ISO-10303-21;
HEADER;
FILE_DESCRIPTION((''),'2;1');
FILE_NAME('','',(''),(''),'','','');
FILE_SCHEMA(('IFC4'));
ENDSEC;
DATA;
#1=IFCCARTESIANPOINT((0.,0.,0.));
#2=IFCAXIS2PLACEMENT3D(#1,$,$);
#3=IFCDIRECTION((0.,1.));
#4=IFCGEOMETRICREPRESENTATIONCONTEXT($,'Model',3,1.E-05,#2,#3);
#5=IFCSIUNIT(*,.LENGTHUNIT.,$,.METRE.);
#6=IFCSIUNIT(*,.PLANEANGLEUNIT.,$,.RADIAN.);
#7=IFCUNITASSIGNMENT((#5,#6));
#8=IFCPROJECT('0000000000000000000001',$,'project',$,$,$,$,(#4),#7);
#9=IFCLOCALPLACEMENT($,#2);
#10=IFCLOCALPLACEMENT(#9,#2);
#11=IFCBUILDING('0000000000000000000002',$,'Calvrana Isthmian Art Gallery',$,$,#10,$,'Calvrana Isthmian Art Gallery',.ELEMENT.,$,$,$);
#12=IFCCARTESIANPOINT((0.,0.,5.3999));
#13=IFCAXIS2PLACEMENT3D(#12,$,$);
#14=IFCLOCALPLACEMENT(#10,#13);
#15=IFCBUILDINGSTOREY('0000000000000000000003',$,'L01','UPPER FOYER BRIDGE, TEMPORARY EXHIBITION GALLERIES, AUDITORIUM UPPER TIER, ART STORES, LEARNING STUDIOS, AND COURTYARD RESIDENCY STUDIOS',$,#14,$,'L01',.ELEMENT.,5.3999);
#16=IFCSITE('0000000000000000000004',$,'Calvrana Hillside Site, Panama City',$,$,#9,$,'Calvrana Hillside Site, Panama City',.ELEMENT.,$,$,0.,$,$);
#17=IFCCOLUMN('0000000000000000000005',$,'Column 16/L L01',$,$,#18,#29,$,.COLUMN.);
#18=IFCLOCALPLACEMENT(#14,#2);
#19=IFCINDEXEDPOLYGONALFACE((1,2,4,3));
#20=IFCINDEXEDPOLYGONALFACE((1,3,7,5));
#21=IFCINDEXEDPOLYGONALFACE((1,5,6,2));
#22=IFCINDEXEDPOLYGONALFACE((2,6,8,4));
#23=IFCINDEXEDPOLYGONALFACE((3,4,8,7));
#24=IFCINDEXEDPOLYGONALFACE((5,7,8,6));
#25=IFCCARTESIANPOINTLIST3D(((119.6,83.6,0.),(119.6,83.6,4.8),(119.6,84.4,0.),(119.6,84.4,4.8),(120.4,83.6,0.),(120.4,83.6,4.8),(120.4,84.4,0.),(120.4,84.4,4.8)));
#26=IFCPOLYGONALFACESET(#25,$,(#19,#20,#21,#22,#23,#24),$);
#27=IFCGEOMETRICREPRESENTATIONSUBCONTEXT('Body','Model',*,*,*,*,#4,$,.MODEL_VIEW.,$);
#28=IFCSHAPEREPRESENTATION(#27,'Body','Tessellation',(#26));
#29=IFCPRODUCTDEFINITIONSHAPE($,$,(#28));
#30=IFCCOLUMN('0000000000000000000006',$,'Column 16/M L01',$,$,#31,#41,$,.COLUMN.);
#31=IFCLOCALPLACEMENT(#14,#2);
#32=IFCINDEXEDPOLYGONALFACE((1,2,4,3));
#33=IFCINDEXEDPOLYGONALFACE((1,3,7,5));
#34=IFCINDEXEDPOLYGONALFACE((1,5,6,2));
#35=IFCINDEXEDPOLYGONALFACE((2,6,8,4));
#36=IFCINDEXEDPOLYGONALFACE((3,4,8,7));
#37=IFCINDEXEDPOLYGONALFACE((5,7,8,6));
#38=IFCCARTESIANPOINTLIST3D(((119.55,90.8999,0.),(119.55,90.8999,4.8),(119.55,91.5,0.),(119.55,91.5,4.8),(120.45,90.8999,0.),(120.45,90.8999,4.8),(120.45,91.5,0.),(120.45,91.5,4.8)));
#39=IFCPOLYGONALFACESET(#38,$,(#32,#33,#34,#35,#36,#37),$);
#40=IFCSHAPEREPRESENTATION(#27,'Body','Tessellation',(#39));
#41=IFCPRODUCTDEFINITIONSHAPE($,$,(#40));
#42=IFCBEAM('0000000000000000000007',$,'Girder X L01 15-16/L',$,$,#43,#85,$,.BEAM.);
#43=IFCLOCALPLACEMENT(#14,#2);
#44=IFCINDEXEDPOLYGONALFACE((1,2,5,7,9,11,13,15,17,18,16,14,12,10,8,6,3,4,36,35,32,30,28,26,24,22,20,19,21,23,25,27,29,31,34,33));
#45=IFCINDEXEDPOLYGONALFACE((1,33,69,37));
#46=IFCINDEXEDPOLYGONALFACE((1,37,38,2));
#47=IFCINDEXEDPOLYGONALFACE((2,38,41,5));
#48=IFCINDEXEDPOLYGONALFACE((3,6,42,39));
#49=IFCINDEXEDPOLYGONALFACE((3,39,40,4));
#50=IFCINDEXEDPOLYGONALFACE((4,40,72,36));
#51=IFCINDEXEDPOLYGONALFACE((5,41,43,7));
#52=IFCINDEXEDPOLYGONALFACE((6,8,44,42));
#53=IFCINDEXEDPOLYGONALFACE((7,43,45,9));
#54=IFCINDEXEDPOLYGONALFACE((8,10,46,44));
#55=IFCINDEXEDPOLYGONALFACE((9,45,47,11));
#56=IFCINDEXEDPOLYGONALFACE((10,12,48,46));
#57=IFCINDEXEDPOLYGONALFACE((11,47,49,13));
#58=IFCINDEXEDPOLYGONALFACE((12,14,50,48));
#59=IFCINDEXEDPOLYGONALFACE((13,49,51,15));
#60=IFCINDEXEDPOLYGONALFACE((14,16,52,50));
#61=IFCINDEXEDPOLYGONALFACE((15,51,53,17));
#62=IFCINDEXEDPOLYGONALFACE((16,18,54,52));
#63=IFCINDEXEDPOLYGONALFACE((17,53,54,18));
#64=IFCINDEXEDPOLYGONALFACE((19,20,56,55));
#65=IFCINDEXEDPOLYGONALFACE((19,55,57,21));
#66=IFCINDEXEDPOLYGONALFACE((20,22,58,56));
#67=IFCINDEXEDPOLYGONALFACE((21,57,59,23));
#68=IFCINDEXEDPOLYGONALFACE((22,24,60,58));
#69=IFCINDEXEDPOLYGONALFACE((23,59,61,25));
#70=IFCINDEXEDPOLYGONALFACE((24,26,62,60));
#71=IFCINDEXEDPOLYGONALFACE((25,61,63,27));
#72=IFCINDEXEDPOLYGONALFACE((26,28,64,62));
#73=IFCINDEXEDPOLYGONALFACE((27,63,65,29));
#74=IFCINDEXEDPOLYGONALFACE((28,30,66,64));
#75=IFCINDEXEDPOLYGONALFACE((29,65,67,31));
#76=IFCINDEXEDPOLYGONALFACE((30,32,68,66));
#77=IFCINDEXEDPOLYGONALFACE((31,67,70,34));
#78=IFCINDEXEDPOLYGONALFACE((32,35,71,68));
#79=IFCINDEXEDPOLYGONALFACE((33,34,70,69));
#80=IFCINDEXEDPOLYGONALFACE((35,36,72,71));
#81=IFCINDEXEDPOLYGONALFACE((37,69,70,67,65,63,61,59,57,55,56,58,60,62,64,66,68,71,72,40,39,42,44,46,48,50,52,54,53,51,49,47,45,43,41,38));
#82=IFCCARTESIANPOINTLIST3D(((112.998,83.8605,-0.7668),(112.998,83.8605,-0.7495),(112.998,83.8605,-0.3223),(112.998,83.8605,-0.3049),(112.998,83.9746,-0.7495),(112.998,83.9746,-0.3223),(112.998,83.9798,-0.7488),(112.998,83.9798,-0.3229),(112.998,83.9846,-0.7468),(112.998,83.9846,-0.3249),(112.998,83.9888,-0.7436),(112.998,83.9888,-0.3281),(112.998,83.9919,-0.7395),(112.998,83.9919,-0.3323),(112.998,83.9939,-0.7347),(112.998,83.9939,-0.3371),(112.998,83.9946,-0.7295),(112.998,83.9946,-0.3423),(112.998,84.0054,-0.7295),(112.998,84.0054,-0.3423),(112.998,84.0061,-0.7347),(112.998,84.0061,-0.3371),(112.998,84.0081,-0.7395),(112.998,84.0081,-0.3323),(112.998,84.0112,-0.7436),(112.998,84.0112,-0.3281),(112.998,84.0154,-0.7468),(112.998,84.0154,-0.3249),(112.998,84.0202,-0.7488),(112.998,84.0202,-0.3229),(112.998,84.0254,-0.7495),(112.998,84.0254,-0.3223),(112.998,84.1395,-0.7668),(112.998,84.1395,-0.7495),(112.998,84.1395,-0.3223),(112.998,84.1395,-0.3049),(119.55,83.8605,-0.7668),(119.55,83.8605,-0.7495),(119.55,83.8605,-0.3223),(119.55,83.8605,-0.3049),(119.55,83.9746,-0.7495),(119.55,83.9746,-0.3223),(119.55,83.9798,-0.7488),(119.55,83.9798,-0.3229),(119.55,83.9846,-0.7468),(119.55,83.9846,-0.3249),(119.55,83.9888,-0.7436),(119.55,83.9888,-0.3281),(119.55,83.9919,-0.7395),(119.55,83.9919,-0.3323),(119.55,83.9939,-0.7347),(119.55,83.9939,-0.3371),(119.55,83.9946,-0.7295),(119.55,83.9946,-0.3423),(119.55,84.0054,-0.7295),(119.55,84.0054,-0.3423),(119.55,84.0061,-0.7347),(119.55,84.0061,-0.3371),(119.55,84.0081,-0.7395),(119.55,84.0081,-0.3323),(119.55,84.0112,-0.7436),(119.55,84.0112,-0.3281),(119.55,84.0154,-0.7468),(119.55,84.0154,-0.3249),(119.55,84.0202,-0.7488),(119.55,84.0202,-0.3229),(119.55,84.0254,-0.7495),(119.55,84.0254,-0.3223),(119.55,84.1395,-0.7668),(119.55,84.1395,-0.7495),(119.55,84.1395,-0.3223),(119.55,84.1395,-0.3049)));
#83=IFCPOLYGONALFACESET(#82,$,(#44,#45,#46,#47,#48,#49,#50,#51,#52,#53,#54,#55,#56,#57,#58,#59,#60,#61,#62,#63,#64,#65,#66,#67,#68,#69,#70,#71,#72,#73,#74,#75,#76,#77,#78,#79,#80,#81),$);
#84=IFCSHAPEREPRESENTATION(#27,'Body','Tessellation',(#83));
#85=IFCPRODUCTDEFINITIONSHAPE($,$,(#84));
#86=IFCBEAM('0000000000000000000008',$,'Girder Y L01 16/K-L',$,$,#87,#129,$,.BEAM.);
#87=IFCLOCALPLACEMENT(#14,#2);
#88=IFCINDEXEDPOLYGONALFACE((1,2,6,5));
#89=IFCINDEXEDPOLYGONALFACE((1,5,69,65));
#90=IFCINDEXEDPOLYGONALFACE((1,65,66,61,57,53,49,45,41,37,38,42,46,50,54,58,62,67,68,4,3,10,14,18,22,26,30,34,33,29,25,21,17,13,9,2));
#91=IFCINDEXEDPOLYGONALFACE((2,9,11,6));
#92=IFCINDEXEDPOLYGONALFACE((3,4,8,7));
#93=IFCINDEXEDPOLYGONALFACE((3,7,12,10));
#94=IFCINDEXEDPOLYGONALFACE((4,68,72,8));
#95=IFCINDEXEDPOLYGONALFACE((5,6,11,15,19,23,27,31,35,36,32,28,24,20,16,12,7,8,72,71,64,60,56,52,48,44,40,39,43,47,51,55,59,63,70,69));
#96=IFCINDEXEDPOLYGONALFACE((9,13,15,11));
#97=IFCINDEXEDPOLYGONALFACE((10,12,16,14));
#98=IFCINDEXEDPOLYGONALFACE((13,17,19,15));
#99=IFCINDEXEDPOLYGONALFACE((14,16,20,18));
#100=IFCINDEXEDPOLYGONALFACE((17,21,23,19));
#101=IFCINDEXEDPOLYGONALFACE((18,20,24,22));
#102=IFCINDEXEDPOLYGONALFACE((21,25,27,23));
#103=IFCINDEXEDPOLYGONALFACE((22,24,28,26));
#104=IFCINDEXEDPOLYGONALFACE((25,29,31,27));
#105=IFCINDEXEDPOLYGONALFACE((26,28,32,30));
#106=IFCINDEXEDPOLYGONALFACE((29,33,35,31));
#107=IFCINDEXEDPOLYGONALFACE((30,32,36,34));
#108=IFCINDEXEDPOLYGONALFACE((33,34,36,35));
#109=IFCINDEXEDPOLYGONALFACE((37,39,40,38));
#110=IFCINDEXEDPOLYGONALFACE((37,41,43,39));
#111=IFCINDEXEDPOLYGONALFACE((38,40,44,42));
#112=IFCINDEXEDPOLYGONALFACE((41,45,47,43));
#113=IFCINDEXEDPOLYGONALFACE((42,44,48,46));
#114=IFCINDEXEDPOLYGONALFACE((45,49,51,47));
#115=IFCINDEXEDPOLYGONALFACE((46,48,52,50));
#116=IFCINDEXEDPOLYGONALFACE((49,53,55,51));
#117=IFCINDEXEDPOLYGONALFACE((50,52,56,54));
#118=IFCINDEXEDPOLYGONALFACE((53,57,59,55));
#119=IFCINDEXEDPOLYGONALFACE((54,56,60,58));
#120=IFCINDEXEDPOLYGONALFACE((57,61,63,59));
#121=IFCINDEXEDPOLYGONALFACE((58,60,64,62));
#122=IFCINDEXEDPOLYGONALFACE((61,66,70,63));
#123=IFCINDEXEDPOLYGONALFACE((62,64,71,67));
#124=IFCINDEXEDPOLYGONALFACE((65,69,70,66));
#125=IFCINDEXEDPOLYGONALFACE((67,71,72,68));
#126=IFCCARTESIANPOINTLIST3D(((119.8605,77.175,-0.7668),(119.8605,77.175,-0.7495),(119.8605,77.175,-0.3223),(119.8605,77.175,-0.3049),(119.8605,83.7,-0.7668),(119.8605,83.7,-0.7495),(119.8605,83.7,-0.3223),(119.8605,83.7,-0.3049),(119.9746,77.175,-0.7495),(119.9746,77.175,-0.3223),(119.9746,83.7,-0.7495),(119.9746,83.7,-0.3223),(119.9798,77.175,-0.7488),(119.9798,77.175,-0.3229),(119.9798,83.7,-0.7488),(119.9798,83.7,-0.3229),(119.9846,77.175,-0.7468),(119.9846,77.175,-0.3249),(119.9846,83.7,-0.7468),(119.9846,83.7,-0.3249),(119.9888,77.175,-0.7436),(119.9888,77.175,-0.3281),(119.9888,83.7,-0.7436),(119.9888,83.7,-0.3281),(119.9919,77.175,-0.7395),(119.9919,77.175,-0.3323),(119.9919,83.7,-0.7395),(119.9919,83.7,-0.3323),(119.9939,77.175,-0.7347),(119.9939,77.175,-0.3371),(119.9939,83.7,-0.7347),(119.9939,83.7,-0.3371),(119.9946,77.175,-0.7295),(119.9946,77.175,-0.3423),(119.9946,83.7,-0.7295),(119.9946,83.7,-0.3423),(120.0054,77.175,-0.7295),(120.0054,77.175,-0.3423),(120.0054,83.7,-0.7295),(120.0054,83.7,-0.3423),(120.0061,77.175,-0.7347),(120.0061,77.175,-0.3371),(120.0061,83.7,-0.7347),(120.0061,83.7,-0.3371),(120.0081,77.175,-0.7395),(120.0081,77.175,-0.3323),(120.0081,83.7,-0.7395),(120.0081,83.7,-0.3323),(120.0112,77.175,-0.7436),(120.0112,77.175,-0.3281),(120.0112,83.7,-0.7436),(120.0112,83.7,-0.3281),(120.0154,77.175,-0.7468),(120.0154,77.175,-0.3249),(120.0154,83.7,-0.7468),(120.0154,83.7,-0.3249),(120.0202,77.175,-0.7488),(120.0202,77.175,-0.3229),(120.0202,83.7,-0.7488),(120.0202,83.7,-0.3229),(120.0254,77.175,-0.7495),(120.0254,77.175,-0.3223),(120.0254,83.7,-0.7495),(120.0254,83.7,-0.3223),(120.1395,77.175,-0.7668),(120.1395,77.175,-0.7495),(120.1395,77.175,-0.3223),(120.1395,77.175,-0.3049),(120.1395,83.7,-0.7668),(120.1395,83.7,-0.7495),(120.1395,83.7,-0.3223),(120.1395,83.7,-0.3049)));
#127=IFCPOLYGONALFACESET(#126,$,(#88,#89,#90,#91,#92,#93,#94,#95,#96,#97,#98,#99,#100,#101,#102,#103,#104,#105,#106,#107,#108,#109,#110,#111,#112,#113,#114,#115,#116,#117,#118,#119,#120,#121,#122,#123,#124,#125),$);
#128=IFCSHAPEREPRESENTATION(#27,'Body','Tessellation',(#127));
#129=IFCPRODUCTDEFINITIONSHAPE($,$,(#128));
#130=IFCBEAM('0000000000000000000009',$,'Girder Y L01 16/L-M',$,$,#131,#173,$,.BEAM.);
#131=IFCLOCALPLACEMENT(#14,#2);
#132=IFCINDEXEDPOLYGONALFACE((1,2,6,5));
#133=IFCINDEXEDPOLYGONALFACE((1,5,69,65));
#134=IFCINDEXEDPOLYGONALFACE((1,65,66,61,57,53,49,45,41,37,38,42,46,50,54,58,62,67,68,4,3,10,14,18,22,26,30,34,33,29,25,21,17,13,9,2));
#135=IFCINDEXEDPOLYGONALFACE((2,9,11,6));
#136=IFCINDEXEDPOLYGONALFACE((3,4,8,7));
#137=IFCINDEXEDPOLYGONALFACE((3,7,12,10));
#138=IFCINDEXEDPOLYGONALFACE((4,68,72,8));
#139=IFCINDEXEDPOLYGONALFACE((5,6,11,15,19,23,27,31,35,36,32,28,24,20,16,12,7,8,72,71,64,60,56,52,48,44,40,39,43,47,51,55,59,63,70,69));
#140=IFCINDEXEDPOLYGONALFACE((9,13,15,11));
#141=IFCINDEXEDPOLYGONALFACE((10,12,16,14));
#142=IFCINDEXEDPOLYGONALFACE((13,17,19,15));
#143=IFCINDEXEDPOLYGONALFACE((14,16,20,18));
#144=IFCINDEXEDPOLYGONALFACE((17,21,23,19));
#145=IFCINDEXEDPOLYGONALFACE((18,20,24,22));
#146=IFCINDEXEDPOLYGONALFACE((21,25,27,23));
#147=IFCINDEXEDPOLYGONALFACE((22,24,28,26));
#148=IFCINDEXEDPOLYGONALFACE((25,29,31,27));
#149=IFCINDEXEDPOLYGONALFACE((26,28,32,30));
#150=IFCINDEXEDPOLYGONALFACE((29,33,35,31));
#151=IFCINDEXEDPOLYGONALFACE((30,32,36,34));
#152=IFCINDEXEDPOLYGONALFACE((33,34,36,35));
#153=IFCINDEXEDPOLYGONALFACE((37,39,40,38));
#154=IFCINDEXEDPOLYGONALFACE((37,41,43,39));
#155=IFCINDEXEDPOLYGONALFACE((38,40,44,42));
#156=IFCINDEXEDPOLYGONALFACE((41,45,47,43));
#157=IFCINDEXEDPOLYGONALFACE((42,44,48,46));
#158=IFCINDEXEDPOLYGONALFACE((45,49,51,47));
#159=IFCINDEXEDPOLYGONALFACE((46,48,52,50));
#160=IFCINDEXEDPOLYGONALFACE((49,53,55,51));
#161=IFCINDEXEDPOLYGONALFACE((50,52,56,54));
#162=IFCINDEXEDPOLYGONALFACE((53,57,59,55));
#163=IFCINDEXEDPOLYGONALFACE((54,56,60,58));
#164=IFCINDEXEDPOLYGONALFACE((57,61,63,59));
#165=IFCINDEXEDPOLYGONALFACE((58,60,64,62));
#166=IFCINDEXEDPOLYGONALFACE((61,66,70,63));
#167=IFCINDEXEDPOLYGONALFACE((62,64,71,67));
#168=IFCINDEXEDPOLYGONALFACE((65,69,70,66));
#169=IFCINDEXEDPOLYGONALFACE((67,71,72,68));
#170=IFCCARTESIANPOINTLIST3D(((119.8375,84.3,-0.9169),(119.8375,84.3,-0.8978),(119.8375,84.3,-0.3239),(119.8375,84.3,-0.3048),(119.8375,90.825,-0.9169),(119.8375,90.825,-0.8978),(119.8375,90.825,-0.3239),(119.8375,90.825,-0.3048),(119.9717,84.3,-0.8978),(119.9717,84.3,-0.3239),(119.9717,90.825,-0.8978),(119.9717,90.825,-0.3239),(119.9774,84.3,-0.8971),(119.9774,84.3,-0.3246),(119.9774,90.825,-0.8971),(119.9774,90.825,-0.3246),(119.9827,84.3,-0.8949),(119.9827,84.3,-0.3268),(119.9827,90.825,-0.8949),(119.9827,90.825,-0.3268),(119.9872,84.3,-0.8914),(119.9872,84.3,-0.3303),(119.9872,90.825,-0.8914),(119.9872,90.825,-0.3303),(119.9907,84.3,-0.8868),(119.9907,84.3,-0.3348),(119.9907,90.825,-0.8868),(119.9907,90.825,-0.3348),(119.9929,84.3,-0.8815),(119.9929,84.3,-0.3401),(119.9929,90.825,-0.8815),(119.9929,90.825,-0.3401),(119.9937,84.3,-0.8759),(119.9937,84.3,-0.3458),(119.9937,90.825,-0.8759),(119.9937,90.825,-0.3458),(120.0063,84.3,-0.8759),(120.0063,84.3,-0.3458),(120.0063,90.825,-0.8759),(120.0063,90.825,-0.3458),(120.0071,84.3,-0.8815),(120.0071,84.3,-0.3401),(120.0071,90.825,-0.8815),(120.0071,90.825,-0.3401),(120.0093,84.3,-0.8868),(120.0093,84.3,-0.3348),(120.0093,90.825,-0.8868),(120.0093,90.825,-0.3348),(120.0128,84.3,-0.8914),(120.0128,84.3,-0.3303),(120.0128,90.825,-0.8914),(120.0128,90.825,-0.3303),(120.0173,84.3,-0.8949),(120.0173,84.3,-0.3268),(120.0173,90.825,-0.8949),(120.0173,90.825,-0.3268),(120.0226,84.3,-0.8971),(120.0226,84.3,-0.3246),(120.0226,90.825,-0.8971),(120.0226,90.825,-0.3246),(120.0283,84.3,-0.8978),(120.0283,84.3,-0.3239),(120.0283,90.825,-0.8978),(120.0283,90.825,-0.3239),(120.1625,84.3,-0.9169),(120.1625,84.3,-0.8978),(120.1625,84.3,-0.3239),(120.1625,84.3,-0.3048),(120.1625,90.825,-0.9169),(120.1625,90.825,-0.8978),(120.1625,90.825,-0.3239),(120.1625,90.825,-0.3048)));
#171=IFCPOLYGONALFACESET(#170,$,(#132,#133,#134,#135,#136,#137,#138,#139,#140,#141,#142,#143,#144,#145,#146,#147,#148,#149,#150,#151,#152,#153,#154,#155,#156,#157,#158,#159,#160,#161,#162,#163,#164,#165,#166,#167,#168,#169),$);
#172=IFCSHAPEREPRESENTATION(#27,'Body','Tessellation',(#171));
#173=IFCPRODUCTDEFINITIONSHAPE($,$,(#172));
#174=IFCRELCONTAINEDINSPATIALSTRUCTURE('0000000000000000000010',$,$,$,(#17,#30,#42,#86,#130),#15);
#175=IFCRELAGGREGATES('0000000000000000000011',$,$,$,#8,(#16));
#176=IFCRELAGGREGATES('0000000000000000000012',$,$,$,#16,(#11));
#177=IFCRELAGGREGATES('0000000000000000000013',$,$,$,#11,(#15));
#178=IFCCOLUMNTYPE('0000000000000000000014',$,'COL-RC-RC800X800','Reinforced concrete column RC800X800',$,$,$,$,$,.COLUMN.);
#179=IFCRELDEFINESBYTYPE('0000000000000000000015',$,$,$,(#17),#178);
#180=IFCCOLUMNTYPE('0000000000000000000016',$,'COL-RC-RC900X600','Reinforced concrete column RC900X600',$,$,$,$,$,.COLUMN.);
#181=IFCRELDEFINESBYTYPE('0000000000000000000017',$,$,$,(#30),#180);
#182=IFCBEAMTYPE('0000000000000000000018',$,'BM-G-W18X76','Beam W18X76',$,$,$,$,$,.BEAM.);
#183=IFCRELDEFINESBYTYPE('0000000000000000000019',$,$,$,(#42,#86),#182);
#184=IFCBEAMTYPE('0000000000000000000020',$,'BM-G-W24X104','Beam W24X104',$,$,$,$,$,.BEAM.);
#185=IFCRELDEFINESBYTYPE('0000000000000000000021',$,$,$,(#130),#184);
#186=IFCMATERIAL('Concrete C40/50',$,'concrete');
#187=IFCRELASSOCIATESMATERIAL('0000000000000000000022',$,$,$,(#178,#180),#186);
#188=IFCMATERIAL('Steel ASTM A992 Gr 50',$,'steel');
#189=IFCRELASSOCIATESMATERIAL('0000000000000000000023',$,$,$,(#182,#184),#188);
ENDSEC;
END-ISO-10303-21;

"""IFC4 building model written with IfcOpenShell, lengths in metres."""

from ifc_helpers import new_model, si_unit, direction, frame, origin, origin_2d, place, context, subcontext, project, spatial, rectangle, i_section, extrude, material, material_profile, profile_set, type_object, element, save


model = new_model("IFC4")

# Units and contexts
model_context = context("Model", 3, precision=1e-05, world=origin(), true_north=direction((0.0, 1.0)))
body_context = subcontext(model_context, "Body", "Model", "MODEL_VIEW")
ifc_project = project(units=[si_unit("LENGTHUNIT", "METRE"), si_unit("PLANEANGLEUNIT", "RADIAN")], contexts=[model_context])

# Site, building, storey
site_placement = place(None, origin())
site = spatial("IfcSite", under=ifc_project, at=site_placement, Name="Calvrana Hillside Site, Panama City", LongName="Calvrana Hillside Site, Panama City", CompositionType="ELEMENT", RefElevation=0.0)
building_placement = place(site_placement, origin())
building = spatial("IfcBuilding", under=site, at=building_placement, Name="Calvrana Isthmian Art Gallery", LongName="Calvrana Isthmian Art Gallery", CompositionType="ELEMENT")
storey_placement = place(building_placement, frame((0.0, 0.0, 5.3999)))
storey = spatial("IfcBuildingStorey", under=building, at=storey_placement, Name="L01", Description="UPPER FOYER BRIDGE, TEMPORARY EXHIBITION GALLERIES, AUDITORIUM UPPER TIER, ART STORES, LEARNING STUDIOS, AND COURTYARD RESIDENCY STUDIOS", LongName="L01", CompositionType="ELEMENT", Elevation=5.3999)

# Columns
ifc_material_1 = material(Name="Concrete C40/50", Category="concrete")
ifc_material_profile_1 = material_profile(ifc_material_1, rectangle(XDim=0.8, YDim=0.8, at=origin_2d()), Name="RC800X800")
ifc_profile_set_1 = profile_set([ifc_material_profile_1], Name="Concrete C40/50")
column_type_1 = type_object("IfcColumnType", Name="COL-RC-RC800X800", Description="Reinforced concrete column RC800X800", PredefinedType="COLUMN", material=ifc_profile_set_1)
column_1_placement = place(storey_placement, frame((120.0, 84.0, 0.0), z_axis=(0.0, 0.0, 1.0), x_axis=(1.0, 0.0, 0.0)))
element("IfcColumn", 1, at=column_1_placement, inside=storey, type_object=column_type_1, Name="Column 16/L L01", PredefinedType="COLUMN", context=body_context, shape_type="SweptSolid", body=[
    extrude(rectangle(XDim=0.8, YDim=0.8, at=origin_2d()), origin(), (0.0, 0.0, 1.0), 4.8),
])
ifc_material_profile_2 = material_profile(ifc_material_1, rectangle(XDim=0.8999, YDim=0.6001, at=origin_2d()), Name="RC900X600")
ifc_profile_set_2 = profile_set([ifc_material_profile_2], Name="Concrete C40/50")
column_type_2 = type_object("IfcColumnType", Name="COL-RC-RC900X600", Description="Reinforced concrete column RC900X600", PredefinedType="COLUMN", material=ifc_profile_set_2)
column_2_placement = place(storey_placement, frame((120.0, 91.2, 0.0), z_axis=(0.0, 0.0, 1.0), x_axis=(1.0, 0.0, 0.0)))
element("IfcColumn", 2, at=column_2_placement, inside=storey, type_object=column_type_2, Name="Column 16/M L01", PredefinedType="COLUMN", context=body_context, shape_type="SweptSolid", body=[
    extrude(rectangle(XDim=0.8999, YDim=0.6001, at=origin_2d()), origin(), (0.0, 0.0, 1.0), 4.8),
])

# Beams
ifc_material_2 = material(Name="Steel ASTM A992 Gr 50", Category="steel")
ifc_material_profile_3 = material_profile(ifc_material_2, i_section(OverallWidth=0.2791, OverallDepth=0.4619, WebThickness=0.0107, FlangeThickness=0.0173, FilletRadius=0.02, at=origin_2d()), Name="W18X76")
ifc_profile_set_3 = profile_set([ifc_material_profile_3], Name="Steel ASTM A992 Gr 50")
beam_type_1 = type_object("IfcBeamType", Name="BM-G-W18X76", Description="Beam W18X76", PredefinedType="BEAM", material=ifc_profile_set_3)
beam_1_placement = place(storey_placement, frame((112.998, 84.0, -0.5359), z_axis=(1.0, 0.0, 0.0), x_axis=(0.0, 1.0, 0.0)))
element("IfcBeam", 3, at=beam_1_placement, inside=storey, type_object=beam_type_1, Name="Girder X L01 15-16/L", PredefinedType="BEAM", context=body_context, shape_type="SweptSolid", body=[
    extrude(i_section(OverallWidth=0.2791, OverallDepth=0.4619, WebThickness=0.0107, FlangeThickness=0.0173, FilletRadius=0.02, at=origin_2d()), origin(), (0.0, 0.0, 1.0), 6.552),
])
beam_2_placement = place(storey_placement, frame((120.0, 77.175, -0.5359), z_axis=(0.0, 1.0, 0.0), x_axis=(-1.0, 0.0, 0.0)))
element("IfcBeam", 4, at=beam_2_placement, inside=storey, type_object=beam_type_1, Name="Girder Y L01 16/K-L", PredefinedType="BEAM", context=body_context, shape_type="SweptSolid", body=[
    extrude(i_section(OverallWidth=0.2791, OverallDepth=0.4619, WebThickness=0.0107, FlangeThickness=0.0173, FilletRadius=0.02, at=origin_2d()), origin(), (0.0, 0.0, 1.0), 6.5249),
])
ifc_material_profile_4 = material_profile(ifc_material_2, i_section(OverallWidth=0.325, OverallDepth=0.6121, WebThickness=0.0127, FlangeThickness=0.019, FilletRadius=0.022, at=origin_2d()), Name="W24X104")
ifc_profile_set_4 = profile_set([ifc_material_profile_4], Name="Steel ASTM A992 Gr 50")
beam_type_2 = type_object("IfcBeamType", Name="BM-G-W24X104", Description="Beam W24X104", PredefinedType="BEAM", material=ifc_profile_set_4)
beam_3_placement = place(storey_placement, frame((120.0, 84.3, -0.6108), z_axis=(0.0, 1.0, 0.0), x_axis=(-1.0, 0.0, 0.0)))
element("IfcBeam", 5, at=beam_3_placement, inside=storey, type_object=beam_type_2, Name="Girder Y L01 16/L-M", PredefinedType="BEAM", context=body_context, shape_type="SweptSolid", body=[
    extrude(i_section(OverallWidth=0.325, OverallDepth=0.6121, WebThickness=0.0127, FlangeThickness=0.019, FilletRadius=0.022, at=origin_2d()), origin(), (0.0, 0.0, 1.0), 6.5249),
])

save(model, "model.ifc")
